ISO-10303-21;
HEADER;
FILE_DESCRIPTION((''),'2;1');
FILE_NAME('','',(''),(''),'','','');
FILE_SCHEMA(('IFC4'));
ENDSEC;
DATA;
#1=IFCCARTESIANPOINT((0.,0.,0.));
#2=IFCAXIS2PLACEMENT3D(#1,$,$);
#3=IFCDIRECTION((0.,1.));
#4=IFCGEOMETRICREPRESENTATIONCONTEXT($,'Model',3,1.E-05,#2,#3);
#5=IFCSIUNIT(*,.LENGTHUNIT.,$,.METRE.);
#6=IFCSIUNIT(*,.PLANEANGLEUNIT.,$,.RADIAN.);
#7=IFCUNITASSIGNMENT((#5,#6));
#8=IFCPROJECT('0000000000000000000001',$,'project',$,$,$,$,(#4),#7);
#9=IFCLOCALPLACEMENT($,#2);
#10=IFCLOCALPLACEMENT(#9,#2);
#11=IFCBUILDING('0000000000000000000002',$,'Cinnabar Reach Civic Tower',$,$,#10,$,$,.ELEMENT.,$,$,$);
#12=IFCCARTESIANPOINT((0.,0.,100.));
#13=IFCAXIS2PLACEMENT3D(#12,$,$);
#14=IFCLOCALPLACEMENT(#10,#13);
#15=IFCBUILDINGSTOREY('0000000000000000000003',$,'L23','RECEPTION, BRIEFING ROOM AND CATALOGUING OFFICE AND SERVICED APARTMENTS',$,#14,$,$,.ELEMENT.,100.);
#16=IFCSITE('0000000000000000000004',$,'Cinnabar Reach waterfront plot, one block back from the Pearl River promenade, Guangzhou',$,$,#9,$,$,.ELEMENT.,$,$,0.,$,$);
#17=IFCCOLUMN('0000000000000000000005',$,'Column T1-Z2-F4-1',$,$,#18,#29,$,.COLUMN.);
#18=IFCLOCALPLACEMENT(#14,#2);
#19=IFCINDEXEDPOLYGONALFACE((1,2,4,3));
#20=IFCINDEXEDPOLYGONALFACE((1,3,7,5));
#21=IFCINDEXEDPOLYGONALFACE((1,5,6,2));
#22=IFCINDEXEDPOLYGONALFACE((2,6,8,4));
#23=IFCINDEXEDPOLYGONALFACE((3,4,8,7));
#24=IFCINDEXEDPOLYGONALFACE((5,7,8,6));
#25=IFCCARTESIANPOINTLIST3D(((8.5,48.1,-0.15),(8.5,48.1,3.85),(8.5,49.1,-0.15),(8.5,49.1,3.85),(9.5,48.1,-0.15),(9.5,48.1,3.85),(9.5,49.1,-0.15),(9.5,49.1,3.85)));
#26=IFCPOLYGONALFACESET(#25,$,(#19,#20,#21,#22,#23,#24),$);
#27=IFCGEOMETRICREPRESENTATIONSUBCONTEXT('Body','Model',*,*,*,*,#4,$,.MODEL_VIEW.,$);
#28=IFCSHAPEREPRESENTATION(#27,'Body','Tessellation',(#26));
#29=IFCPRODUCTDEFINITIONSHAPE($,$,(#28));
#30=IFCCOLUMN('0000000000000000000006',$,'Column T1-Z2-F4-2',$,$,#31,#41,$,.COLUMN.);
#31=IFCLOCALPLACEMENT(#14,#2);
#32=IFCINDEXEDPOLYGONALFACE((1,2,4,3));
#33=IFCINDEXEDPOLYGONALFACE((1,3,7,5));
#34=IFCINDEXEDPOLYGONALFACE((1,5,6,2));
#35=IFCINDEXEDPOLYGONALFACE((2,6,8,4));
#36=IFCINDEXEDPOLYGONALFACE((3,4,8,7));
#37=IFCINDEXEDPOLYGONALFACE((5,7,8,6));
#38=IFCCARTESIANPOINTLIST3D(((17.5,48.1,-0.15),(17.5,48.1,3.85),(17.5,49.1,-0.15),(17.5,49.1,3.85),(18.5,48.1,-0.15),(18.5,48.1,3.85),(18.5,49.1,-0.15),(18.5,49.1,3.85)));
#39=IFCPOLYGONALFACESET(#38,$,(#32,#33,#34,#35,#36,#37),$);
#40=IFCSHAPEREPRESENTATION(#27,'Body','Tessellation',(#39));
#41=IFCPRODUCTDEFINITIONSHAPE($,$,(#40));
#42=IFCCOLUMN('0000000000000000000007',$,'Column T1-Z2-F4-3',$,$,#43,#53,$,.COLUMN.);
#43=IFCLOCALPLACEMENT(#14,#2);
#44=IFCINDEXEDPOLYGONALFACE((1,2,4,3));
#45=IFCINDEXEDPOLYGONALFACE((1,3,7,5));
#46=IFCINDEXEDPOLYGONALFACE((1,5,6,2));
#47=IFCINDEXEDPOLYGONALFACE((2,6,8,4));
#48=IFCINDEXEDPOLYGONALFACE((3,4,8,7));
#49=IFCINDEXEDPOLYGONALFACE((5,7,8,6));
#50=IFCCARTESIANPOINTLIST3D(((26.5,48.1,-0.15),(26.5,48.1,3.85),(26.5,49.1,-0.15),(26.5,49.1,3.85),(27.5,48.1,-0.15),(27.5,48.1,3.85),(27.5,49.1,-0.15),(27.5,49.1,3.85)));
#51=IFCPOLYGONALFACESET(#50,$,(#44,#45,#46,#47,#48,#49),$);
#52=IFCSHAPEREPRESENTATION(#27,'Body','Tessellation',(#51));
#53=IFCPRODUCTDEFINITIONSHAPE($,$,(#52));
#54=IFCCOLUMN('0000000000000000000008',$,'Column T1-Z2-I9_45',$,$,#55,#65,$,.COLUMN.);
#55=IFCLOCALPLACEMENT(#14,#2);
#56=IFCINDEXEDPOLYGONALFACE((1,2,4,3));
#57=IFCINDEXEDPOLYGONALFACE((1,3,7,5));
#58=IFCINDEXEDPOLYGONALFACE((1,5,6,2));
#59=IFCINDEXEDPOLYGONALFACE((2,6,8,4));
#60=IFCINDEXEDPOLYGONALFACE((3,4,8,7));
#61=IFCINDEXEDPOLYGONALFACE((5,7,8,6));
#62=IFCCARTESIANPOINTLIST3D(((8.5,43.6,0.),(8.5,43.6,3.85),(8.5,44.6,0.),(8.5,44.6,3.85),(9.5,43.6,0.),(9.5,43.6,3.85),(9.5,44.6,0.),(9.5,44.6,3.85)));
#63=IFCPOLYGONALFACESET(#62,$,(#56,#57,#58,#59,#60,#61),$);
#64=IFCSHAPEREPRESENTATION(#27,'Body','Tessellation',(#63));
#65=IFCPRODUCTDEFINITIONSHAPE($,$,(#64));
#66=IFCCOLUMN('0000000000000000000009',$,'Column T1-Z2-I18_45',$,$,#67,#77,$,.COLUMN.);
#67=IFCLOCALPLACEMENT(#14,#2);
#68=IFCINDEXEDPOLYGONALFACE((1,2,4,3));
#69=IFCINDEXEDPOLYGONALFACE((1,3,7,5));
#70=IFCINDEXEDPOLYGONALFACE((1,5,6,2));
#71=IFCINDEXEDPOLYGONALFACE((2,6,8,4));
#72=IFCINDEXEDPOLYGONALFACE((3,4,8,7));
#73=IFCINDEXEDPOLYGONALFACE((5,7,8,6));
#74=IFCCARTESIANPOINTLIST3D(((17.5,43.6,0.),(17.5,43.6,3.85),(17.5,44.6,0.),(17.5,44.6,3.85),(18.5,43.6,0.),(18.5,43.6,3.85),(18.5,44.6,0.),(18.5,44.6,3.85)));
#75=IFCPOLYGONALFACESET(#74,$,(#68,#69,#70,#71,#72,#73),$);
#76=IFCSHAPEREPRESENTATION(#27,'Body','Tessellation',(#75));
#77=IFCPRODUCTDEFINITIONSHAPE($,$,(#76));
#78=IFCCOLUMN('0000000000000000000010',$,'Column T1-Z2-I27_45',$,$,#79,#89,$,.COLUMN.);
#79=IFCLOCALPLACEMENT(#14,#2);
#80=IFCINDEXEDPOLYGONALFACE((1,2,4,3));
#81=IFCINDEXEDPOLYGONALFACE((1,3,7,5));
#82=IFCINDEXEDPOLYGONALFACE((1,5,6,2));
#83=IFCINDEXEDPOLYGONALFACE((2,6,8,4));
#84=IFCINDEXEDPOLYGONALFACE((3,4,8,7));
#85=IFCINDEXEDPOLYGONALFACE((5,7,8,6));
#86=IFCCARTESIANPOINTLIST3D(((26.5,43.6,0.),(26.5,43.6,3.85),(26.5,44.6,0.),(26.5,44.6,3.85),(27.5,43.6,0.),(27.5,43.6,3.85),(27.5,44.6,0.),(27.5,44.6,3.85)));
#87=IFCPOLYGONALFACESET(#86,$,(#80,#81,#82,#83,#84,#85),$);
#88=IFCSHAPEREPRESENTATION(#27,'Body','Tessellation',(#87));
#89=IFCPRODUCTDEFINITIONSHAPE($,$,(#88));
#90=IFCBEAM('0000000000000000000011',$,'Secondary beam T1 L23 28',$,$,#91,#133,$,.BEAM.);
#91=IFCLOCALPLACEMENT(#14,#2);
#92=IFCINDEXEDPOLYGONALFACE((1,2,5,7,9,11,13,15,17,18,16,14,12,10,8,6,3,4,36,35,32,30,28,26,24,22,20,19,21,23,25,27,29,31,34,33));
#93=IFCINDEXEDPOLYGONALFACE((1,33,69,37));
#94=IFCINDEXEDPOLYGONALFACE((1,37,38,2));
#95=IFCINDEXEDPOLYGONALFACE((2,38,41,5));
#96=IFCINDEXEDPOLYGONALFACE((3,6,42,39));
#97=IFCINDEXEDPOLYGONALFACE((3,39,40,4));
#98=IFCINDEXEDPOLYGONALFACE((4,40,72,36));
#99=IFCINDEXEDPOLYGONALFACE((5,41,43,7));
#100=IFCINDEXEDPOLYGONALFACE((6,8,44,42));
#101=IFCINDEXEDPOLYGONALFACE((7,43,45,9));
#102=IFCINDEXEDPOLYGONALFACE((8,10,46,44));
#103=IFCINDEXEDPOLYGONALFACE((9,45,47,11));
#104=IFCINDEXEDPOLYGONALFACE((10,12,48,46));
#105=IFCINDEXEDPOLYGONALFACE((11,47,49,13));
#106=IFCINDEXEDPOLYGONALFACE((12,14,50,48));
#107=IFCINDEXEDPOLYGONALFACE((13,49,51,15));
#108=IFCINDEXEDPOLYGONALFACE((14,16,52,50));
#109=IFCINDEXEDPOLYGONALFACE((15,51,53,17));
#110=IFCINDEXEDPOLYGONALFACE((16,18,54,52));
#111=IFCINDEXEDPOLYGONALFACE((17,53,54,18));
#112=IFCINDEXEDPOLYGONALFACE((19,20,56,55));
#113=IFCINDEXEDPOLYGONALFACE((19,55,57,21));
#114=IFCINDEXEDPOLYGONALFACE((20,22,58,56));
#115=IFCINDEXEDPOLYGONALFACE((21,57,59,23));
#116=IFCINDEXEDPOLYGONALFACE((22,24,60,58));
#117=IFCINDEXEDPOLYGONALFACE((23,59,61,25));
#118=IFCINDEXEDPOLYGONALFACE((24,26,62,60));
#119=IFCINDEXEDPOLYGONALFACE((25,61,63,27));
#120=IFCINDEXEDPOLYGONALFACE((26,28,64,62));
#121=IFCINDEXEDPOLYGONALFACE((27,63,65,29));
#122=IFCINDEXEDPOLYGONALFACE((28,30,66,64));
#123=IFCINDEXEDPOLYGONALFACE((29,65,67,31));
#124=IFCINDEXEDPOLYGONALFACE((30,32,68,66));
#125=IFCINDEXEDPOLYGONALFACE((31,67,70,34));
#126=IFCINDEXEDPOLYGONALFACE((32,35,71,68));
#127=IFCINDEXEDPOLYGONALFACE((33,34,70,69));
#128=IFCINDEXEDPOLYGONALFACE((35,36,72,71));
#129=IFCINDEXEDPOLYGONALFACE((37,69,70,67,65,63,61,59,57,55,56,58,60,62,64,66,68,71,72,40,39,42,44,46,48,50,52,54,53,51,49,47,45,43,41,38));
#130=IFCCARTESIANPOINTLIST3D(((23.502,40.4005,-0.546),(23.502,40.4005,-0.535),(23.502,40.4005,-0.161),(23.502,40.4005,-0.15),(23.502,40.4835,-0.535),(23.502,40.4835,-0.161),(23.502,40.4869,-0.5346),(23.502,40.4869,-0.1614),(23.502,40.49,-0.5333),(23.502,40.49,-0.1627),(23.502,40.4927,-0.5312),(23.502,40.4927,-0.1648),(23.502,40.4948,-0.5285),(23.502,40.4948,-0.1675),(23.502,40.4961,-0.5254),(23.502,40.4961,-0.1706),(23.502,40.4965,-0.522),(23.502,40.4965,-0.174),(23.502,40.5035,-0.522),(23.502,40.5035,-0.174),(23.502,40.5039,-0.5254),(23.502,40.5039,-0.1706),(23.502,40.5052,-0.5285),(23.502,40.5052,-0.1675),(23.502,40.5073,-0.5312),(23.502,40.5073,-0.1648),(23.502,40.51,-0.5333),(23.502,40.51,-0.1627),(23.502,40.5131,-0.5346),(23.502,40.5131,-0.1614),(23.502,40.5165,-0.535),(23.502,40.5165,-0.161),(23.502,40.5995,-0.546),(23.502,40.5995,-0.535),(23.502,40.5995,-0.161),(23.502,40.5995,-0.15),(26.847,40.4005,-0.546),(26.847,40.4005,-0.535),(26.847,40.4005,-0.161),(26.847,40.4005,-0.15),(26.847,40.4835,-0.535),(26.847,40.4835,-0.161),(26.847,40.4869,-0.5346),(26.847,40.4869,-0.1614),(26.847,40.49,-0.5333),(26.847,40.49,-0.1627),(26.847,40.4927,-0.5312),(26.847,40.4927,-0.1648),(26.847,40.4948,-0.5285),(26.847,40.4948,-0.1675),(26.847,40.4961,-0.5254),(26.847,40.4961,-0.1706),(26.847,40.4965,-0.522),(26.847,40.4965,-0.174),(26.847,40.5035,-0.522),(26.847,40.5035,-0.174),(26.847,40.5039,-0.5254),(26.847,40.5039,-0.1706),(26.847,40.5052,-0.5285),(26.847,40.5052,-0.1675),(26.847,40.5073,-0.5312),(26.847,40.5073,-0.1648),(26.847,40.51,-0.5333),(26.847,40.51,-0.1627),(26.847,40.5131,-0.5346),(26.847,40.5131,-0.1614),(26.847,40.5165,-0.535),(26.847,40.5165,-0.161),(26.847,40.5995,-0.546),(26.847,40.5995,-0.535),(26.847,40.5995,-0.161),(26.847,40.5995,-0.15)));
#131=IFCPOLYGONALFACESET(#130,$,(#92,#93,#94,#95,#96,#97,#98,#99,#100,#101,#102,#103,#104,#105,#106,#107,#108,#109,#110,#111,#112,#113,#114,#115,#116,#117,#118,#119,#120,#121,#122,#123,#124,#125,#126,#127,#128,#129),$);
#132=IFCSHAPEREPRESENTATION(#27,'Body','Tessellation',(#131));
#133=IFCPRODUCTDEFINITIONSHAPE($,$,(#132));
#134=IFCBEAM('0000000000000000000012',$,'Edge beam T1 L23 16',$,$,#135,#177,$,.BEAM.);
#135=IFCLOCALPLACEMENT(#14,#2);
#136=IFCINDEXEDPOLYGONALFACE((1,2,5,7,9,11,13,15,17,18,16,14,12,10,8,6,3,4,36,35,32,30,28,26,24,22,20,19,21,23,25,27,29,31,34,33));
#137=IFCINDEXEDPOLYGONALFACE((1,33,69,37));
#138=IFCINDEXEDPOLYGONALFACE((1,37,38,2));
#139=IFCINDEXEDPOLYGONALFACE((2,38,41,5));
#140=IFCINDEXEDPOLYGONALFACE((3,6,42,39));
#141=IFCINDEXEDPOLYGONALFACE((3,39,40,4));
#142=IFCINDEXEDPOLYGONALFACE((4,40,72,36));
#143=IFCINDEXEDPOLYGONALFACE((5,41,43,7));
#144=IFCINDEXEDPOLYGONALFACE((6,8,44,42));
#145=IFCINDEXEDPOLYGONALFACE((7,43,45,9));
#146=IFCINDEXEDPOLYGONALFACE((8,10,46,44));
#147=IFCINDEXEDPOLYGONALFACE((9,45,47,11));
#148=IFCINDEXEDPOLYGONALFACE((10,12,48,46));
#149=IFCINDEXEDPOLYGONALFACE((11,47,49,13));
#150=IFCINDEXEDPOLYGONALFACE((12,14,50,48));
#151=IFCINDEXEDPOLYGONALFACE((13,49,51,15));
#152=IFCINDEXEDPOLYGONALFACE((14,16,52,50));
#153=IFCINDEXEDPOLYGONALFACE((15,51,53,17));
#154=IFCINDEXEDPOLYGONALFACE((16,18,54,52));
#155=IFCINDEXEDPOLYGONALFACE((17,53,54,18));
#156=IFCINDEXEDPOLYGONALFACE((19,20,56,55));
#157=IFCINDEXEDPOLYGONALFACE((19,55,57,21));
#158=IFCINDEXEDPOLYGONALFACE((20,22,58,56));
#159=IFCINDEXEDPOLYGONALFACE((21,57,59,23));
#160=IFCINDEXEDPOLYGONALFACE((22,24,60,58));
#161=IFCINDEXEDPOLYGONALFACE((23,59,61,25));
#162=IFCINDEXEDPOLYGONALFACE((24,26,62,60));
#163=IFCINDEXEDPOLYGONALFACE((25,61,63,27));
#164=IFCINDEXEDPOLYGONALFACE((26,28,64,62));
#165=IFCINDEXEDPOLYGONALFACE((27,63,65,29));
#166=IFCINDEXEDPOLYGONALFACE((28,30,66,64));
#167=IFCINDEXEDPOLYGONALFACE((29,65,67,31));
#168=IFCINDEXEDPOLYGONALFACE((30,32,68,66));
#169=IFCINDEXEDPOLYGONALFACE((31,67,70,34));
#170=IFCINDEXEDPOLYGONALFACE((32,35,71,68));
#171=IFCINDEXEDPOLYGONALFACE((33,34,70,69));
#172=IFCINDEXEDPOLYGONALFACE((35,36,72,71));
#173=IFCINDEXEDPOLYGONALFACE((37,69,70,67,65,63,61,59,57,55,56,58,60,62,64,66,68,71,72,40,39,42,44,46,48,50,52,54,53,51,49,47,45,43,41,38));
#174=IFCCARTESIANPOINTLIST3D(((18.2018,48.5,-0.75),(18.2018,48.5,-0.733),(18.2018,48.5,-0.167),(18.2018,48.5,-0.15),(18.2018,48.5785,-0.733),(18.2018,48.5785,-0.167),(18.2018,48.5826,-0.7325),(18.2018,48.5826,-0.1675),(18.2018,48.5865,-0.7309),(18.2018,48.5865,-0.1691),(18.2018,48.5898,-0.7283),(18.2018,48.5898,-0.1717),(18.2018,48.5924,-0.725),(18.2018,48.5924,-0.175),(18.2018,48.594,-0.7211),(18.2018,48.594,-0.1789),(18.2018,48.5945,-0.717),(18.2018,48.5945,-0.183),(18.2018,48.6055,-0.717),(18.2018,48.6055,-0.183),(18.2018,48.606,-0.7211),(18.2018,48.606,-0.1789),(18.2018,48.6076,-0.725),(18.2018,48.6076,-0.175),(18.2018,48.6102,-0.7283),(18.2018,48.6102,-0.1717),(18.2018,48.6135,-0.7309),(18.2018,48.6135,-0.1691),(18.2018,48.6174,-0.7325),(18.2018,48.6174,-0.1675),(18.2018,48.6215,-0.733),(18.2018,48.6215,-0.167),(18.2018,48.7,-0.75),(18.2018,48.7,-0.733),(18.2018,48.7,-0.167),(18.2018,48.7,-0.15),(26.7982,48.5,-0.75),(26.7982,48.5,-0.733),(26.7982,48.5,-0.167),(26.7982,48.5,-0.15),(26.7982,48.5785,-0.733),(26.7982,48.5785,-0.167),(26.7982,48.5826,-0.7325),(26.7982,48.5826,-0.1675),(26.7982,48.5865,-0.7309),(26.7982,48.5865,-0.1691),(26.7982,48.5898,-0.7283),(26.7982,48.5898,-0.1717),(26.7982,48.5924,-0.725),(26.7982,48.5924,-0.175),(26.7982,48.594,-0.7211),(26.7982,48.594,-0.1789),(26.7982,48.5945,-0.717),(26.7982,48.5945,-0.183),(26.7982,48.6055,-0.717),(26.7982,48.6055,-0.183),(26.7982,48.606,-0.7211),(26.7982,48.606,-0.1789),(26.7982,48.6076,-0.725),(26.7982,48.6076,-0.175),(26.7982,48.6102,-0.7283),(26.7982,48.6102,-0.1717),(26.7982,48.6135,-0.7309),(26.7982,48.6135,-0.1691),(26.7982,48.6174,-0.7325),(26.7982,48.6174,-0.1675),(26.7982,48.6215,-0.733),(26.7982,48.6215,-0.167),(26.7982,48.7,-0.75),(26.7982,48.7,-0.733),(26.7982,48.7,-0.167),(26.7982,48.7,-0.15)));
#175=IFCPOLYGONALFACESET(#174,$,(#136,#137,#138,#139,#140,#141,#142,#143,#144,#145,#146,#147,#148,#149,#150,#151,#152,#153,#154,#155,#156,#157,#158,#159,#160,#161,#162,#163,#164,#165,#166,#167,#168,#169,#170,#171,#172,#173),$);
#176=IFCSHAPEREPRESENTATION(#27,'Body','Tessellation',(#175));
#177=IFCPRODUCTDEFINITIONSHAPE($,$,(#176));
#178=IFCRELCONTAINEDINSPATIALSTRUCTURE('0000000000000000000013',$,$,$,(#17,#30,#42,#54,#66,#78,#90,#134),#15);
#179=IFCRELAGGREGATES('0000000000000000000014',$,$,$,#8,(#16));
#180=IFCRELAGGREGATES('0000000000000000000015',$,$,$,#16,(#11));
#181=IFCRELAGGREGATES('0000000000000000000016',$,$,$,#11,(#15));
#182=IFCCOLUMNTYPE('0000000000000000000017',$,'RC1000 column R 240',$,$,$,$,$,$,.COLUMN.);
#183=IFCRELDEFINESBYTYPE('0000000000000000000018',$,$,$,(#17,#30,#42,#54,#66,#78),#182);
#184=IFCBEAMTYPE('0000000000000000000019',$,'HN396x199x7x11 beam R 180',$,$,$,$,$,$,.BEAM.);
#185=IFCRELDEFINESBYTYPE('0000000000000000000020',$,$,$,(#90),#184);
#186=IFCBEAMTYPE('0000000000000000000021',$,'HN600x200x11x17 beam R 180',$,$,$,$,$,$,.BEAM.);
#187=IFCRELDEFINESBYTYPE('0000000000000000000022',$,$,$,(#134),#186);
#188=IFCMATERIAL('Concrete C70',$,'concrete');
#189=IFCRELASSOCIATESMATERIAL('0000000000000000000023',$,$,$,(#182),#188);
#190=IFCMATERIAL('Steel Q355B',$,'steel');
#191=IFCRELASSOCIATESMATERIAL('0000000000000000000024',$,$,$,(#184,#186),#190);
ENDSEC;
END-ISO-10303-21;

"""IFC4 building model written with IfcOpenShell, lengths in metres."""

from ifc_helpers import new_model, si_unit, direction, frame, origin, origin_2d, place, context, subcontext, project, spatial, rectangle, i_section, extrude, material, material_profile, profile_set, type_object, element, save


model = new_model("IFC4")

# Units and contexts
model_context = context("Model", 3, precision=1e-05, world=origin(), true_north=direction((0.0, 1.0)))
body_context = subcontext(model_context, "Body", "Model", "MODEL_VIEW")
ifc_project = project(units=[si_unit("LENGTHUNIT", "METRE"), si_unit("PLANEANGLEUNIT", "RADIAN")], contexts=[model_context])

# Site, building, storey
site_placement = place(None, origin())
site = spatial("IfcSite", under=ifc_project, at=site_placement, Name="Cinnabar Reach waterfront plot, one block back from the Pearl River promenade, Guangzhou", CompositionType="ELEMENT", RefElevation=0.0)
building_placement = place(site_placement, origin())
building = spatial("IfcBuilding", under=site, at=building_placement, Name="Cinnabar Reach Civic Tower", CompositionType="ELEMENT")
storey_placement = place(building_placement, frame((0.0, 0.0, 100.0)))
storey = spatial("IfcBuildingStorey", under=building, at=storey_placement, Name="L23", Description="RECEPTION, BRIEFING ROOM AND CATALOGUING OFFICE AND SERVICED APARTMENTS", CompositionType="ELEMENT", Elevation=100.0)

# Columns
ifc_material_1 = material(Name="Concrete C70", Category="concrete")
ifc_material_profile_1 = material_profile(ifc_material_1, rectangle(XDim=1.0, YDim=1.0, at=origin_2d()), Name="RC1000")
ifc_profile_set_1 = profile_set([ifc_material_profile_1], Name="Concrete C70")
column_type = type_object("IfcColumnType", Name="RC1000 column R 240", PredefinedType="COLUMN", material=ifc_profile_set_1)
for number, where, z_axis, x_axis, name in (
    (1, (9.0, 48.6, -0.15), (0.0, 0.0, 1.0), (1.0, 0.0, 0.0), "Column T1-Z2-F4-1"),
    (2, (18.0, 48.6, -0.15), (0.0, 0.0, 1.0), (1.0, 0.0, 0.0), "Column T1-Z2-F4-2"),
    (3, (27.0, 48.6, -0.15), (0.0, 0.0, 1.0), (1.0, 0.0, 0.0), "Column T1-Z2-F4-3"),
):
    element("IfcColumn", number, at=place(storey_placement, frame(where, z_axis=z_axis, x_axis=x_axis)), inside=storey, type_object=column_type, Name=name, PredefinedType="COLUMN", context=body_context, shape_type="SweptSolid", body=[
        extrude(rectangle(XDim=1.0, YDim=1.0, at=origin_2d()), origin(), (0.0, 0.0, 1.0), 4.0),
    ])
for number, where, z_axis, x_axis, name in (
    (4, (9.0, 44.1, 0.0), (0.0, 0.0, 1.0), (1.0, 0.0, 0.0), "Column T1-Z2-I9_45"),
    (5, (18.0, 44.1, 0.0), (0.0, 0.0, 1.0), (1.0, 0.0, 0.0), "Column T1-Z2-I18_45"),
    (6, (27.0, 44.1, 0.0), (0.0, 0.0, 1.0), (1.0, 0.0, 0.0), "Column T1-Z2-I27_45"),
):
    element("IfcColumn", number, at=place(storey_placement, frame(where, z_axis=z_axis, x_axis=x_axis)), inside=storey, type_object=column_type, Name=name, PredefinedType="COLUMN", context=body_context, shape_type="SweptSolid", body=[
        extrude(rectangle(XDim=1.0, YDim=1.0, at=origin_2d()), origin(), (0.0, 0.0, 1.0), 3.85),
    ])

# Beams
ifc_material_2 = material(Name="Steel Q355B", Category="steel")
ifc_material_profile_2 = material_profile(ifc_material_2, i_section(OverallWidth=0.199, OverallDepth=0.396, WebThickness=0.007, FlangeThickness=0.011, FilletRadius=0.013, at=origin_2d()), Name="HN396x199x7x11")
ifc_profile_set_2 = profile_set([ifc_material_profile_2], Name="Steel Q355B")
beam_type_1 = type_object("IfcBeamType", Name="HN396x199x7x11 beam R 180", PredefinedType="BEAM", material=ifc_profile_set_2)
beam_placement = place(storey_placement, frame((23.502, 40.5, -0.348), z_axis=(1.0, 0.0, 0.0), x_axis=(0.0, 1.0, 0.0)))
element("IfcBeam", 7, at=beam_placement, inside=storey, type_object=beam_type_1, Name="Secondary beam T1 L23 28", PredefinedType="BEAM", context=body_context, shape_type="SweptSolid", body=[
    extrude(i_section(OverallWidth=0.199, OverallDepth=0.396, WebThickness=0.007, FlangeThickness=0.011, FilletRadius=0.013, at=origin_2d()), origin(), (0.0, 0.0, 1.0), 3.345),
])
ifc_material_profile_3 = material_profile(ifc_material_2, i_section(OverallWidth=0.2, OverallDepth=0.6, WebThickness=0.011, FlangeThickness=0.017, FilletRadius=0.016, at=origin_2d()), Name="HN600x200x11x17")
ifc_profile_set_3 = profile_set([ifc_material_profile_3], Name="Steel Q355B")
beam_type_2 = type_object("IfcBeamType", Name="HN600x200x11x17 beam R 180", PredefinedType="BEAM", material=ifc_profile_set_3)
for number, where, z_axis, x_axis, name in (
    (8, (26.7982, 48.6, -0.45), (-1.0, 0.0, 0.0), (0.0, -1.0, 0.0), "Edge beam T1 L23 16"),
):
    element("IfcBeam", number, at=place(storey_placement, frame(where, z_axis=z_axis, x_axis=x_axis)), inside=storey, type_object=beam_type_2, Name=name, PredefinedType="BEAM", context=body_context, shape_type="SweptSolid", body=[
        extrude(i_section(OverallWidth=0.2, OverallDepth=0.6, WebThickness=0.011, FlangeThickness=0.017, FilletRadius=0.016, at=origin_2d()), origin(), (0.0, 0.0, 1.0), 8.5964),
    ])

save(model, "model.ifc")
